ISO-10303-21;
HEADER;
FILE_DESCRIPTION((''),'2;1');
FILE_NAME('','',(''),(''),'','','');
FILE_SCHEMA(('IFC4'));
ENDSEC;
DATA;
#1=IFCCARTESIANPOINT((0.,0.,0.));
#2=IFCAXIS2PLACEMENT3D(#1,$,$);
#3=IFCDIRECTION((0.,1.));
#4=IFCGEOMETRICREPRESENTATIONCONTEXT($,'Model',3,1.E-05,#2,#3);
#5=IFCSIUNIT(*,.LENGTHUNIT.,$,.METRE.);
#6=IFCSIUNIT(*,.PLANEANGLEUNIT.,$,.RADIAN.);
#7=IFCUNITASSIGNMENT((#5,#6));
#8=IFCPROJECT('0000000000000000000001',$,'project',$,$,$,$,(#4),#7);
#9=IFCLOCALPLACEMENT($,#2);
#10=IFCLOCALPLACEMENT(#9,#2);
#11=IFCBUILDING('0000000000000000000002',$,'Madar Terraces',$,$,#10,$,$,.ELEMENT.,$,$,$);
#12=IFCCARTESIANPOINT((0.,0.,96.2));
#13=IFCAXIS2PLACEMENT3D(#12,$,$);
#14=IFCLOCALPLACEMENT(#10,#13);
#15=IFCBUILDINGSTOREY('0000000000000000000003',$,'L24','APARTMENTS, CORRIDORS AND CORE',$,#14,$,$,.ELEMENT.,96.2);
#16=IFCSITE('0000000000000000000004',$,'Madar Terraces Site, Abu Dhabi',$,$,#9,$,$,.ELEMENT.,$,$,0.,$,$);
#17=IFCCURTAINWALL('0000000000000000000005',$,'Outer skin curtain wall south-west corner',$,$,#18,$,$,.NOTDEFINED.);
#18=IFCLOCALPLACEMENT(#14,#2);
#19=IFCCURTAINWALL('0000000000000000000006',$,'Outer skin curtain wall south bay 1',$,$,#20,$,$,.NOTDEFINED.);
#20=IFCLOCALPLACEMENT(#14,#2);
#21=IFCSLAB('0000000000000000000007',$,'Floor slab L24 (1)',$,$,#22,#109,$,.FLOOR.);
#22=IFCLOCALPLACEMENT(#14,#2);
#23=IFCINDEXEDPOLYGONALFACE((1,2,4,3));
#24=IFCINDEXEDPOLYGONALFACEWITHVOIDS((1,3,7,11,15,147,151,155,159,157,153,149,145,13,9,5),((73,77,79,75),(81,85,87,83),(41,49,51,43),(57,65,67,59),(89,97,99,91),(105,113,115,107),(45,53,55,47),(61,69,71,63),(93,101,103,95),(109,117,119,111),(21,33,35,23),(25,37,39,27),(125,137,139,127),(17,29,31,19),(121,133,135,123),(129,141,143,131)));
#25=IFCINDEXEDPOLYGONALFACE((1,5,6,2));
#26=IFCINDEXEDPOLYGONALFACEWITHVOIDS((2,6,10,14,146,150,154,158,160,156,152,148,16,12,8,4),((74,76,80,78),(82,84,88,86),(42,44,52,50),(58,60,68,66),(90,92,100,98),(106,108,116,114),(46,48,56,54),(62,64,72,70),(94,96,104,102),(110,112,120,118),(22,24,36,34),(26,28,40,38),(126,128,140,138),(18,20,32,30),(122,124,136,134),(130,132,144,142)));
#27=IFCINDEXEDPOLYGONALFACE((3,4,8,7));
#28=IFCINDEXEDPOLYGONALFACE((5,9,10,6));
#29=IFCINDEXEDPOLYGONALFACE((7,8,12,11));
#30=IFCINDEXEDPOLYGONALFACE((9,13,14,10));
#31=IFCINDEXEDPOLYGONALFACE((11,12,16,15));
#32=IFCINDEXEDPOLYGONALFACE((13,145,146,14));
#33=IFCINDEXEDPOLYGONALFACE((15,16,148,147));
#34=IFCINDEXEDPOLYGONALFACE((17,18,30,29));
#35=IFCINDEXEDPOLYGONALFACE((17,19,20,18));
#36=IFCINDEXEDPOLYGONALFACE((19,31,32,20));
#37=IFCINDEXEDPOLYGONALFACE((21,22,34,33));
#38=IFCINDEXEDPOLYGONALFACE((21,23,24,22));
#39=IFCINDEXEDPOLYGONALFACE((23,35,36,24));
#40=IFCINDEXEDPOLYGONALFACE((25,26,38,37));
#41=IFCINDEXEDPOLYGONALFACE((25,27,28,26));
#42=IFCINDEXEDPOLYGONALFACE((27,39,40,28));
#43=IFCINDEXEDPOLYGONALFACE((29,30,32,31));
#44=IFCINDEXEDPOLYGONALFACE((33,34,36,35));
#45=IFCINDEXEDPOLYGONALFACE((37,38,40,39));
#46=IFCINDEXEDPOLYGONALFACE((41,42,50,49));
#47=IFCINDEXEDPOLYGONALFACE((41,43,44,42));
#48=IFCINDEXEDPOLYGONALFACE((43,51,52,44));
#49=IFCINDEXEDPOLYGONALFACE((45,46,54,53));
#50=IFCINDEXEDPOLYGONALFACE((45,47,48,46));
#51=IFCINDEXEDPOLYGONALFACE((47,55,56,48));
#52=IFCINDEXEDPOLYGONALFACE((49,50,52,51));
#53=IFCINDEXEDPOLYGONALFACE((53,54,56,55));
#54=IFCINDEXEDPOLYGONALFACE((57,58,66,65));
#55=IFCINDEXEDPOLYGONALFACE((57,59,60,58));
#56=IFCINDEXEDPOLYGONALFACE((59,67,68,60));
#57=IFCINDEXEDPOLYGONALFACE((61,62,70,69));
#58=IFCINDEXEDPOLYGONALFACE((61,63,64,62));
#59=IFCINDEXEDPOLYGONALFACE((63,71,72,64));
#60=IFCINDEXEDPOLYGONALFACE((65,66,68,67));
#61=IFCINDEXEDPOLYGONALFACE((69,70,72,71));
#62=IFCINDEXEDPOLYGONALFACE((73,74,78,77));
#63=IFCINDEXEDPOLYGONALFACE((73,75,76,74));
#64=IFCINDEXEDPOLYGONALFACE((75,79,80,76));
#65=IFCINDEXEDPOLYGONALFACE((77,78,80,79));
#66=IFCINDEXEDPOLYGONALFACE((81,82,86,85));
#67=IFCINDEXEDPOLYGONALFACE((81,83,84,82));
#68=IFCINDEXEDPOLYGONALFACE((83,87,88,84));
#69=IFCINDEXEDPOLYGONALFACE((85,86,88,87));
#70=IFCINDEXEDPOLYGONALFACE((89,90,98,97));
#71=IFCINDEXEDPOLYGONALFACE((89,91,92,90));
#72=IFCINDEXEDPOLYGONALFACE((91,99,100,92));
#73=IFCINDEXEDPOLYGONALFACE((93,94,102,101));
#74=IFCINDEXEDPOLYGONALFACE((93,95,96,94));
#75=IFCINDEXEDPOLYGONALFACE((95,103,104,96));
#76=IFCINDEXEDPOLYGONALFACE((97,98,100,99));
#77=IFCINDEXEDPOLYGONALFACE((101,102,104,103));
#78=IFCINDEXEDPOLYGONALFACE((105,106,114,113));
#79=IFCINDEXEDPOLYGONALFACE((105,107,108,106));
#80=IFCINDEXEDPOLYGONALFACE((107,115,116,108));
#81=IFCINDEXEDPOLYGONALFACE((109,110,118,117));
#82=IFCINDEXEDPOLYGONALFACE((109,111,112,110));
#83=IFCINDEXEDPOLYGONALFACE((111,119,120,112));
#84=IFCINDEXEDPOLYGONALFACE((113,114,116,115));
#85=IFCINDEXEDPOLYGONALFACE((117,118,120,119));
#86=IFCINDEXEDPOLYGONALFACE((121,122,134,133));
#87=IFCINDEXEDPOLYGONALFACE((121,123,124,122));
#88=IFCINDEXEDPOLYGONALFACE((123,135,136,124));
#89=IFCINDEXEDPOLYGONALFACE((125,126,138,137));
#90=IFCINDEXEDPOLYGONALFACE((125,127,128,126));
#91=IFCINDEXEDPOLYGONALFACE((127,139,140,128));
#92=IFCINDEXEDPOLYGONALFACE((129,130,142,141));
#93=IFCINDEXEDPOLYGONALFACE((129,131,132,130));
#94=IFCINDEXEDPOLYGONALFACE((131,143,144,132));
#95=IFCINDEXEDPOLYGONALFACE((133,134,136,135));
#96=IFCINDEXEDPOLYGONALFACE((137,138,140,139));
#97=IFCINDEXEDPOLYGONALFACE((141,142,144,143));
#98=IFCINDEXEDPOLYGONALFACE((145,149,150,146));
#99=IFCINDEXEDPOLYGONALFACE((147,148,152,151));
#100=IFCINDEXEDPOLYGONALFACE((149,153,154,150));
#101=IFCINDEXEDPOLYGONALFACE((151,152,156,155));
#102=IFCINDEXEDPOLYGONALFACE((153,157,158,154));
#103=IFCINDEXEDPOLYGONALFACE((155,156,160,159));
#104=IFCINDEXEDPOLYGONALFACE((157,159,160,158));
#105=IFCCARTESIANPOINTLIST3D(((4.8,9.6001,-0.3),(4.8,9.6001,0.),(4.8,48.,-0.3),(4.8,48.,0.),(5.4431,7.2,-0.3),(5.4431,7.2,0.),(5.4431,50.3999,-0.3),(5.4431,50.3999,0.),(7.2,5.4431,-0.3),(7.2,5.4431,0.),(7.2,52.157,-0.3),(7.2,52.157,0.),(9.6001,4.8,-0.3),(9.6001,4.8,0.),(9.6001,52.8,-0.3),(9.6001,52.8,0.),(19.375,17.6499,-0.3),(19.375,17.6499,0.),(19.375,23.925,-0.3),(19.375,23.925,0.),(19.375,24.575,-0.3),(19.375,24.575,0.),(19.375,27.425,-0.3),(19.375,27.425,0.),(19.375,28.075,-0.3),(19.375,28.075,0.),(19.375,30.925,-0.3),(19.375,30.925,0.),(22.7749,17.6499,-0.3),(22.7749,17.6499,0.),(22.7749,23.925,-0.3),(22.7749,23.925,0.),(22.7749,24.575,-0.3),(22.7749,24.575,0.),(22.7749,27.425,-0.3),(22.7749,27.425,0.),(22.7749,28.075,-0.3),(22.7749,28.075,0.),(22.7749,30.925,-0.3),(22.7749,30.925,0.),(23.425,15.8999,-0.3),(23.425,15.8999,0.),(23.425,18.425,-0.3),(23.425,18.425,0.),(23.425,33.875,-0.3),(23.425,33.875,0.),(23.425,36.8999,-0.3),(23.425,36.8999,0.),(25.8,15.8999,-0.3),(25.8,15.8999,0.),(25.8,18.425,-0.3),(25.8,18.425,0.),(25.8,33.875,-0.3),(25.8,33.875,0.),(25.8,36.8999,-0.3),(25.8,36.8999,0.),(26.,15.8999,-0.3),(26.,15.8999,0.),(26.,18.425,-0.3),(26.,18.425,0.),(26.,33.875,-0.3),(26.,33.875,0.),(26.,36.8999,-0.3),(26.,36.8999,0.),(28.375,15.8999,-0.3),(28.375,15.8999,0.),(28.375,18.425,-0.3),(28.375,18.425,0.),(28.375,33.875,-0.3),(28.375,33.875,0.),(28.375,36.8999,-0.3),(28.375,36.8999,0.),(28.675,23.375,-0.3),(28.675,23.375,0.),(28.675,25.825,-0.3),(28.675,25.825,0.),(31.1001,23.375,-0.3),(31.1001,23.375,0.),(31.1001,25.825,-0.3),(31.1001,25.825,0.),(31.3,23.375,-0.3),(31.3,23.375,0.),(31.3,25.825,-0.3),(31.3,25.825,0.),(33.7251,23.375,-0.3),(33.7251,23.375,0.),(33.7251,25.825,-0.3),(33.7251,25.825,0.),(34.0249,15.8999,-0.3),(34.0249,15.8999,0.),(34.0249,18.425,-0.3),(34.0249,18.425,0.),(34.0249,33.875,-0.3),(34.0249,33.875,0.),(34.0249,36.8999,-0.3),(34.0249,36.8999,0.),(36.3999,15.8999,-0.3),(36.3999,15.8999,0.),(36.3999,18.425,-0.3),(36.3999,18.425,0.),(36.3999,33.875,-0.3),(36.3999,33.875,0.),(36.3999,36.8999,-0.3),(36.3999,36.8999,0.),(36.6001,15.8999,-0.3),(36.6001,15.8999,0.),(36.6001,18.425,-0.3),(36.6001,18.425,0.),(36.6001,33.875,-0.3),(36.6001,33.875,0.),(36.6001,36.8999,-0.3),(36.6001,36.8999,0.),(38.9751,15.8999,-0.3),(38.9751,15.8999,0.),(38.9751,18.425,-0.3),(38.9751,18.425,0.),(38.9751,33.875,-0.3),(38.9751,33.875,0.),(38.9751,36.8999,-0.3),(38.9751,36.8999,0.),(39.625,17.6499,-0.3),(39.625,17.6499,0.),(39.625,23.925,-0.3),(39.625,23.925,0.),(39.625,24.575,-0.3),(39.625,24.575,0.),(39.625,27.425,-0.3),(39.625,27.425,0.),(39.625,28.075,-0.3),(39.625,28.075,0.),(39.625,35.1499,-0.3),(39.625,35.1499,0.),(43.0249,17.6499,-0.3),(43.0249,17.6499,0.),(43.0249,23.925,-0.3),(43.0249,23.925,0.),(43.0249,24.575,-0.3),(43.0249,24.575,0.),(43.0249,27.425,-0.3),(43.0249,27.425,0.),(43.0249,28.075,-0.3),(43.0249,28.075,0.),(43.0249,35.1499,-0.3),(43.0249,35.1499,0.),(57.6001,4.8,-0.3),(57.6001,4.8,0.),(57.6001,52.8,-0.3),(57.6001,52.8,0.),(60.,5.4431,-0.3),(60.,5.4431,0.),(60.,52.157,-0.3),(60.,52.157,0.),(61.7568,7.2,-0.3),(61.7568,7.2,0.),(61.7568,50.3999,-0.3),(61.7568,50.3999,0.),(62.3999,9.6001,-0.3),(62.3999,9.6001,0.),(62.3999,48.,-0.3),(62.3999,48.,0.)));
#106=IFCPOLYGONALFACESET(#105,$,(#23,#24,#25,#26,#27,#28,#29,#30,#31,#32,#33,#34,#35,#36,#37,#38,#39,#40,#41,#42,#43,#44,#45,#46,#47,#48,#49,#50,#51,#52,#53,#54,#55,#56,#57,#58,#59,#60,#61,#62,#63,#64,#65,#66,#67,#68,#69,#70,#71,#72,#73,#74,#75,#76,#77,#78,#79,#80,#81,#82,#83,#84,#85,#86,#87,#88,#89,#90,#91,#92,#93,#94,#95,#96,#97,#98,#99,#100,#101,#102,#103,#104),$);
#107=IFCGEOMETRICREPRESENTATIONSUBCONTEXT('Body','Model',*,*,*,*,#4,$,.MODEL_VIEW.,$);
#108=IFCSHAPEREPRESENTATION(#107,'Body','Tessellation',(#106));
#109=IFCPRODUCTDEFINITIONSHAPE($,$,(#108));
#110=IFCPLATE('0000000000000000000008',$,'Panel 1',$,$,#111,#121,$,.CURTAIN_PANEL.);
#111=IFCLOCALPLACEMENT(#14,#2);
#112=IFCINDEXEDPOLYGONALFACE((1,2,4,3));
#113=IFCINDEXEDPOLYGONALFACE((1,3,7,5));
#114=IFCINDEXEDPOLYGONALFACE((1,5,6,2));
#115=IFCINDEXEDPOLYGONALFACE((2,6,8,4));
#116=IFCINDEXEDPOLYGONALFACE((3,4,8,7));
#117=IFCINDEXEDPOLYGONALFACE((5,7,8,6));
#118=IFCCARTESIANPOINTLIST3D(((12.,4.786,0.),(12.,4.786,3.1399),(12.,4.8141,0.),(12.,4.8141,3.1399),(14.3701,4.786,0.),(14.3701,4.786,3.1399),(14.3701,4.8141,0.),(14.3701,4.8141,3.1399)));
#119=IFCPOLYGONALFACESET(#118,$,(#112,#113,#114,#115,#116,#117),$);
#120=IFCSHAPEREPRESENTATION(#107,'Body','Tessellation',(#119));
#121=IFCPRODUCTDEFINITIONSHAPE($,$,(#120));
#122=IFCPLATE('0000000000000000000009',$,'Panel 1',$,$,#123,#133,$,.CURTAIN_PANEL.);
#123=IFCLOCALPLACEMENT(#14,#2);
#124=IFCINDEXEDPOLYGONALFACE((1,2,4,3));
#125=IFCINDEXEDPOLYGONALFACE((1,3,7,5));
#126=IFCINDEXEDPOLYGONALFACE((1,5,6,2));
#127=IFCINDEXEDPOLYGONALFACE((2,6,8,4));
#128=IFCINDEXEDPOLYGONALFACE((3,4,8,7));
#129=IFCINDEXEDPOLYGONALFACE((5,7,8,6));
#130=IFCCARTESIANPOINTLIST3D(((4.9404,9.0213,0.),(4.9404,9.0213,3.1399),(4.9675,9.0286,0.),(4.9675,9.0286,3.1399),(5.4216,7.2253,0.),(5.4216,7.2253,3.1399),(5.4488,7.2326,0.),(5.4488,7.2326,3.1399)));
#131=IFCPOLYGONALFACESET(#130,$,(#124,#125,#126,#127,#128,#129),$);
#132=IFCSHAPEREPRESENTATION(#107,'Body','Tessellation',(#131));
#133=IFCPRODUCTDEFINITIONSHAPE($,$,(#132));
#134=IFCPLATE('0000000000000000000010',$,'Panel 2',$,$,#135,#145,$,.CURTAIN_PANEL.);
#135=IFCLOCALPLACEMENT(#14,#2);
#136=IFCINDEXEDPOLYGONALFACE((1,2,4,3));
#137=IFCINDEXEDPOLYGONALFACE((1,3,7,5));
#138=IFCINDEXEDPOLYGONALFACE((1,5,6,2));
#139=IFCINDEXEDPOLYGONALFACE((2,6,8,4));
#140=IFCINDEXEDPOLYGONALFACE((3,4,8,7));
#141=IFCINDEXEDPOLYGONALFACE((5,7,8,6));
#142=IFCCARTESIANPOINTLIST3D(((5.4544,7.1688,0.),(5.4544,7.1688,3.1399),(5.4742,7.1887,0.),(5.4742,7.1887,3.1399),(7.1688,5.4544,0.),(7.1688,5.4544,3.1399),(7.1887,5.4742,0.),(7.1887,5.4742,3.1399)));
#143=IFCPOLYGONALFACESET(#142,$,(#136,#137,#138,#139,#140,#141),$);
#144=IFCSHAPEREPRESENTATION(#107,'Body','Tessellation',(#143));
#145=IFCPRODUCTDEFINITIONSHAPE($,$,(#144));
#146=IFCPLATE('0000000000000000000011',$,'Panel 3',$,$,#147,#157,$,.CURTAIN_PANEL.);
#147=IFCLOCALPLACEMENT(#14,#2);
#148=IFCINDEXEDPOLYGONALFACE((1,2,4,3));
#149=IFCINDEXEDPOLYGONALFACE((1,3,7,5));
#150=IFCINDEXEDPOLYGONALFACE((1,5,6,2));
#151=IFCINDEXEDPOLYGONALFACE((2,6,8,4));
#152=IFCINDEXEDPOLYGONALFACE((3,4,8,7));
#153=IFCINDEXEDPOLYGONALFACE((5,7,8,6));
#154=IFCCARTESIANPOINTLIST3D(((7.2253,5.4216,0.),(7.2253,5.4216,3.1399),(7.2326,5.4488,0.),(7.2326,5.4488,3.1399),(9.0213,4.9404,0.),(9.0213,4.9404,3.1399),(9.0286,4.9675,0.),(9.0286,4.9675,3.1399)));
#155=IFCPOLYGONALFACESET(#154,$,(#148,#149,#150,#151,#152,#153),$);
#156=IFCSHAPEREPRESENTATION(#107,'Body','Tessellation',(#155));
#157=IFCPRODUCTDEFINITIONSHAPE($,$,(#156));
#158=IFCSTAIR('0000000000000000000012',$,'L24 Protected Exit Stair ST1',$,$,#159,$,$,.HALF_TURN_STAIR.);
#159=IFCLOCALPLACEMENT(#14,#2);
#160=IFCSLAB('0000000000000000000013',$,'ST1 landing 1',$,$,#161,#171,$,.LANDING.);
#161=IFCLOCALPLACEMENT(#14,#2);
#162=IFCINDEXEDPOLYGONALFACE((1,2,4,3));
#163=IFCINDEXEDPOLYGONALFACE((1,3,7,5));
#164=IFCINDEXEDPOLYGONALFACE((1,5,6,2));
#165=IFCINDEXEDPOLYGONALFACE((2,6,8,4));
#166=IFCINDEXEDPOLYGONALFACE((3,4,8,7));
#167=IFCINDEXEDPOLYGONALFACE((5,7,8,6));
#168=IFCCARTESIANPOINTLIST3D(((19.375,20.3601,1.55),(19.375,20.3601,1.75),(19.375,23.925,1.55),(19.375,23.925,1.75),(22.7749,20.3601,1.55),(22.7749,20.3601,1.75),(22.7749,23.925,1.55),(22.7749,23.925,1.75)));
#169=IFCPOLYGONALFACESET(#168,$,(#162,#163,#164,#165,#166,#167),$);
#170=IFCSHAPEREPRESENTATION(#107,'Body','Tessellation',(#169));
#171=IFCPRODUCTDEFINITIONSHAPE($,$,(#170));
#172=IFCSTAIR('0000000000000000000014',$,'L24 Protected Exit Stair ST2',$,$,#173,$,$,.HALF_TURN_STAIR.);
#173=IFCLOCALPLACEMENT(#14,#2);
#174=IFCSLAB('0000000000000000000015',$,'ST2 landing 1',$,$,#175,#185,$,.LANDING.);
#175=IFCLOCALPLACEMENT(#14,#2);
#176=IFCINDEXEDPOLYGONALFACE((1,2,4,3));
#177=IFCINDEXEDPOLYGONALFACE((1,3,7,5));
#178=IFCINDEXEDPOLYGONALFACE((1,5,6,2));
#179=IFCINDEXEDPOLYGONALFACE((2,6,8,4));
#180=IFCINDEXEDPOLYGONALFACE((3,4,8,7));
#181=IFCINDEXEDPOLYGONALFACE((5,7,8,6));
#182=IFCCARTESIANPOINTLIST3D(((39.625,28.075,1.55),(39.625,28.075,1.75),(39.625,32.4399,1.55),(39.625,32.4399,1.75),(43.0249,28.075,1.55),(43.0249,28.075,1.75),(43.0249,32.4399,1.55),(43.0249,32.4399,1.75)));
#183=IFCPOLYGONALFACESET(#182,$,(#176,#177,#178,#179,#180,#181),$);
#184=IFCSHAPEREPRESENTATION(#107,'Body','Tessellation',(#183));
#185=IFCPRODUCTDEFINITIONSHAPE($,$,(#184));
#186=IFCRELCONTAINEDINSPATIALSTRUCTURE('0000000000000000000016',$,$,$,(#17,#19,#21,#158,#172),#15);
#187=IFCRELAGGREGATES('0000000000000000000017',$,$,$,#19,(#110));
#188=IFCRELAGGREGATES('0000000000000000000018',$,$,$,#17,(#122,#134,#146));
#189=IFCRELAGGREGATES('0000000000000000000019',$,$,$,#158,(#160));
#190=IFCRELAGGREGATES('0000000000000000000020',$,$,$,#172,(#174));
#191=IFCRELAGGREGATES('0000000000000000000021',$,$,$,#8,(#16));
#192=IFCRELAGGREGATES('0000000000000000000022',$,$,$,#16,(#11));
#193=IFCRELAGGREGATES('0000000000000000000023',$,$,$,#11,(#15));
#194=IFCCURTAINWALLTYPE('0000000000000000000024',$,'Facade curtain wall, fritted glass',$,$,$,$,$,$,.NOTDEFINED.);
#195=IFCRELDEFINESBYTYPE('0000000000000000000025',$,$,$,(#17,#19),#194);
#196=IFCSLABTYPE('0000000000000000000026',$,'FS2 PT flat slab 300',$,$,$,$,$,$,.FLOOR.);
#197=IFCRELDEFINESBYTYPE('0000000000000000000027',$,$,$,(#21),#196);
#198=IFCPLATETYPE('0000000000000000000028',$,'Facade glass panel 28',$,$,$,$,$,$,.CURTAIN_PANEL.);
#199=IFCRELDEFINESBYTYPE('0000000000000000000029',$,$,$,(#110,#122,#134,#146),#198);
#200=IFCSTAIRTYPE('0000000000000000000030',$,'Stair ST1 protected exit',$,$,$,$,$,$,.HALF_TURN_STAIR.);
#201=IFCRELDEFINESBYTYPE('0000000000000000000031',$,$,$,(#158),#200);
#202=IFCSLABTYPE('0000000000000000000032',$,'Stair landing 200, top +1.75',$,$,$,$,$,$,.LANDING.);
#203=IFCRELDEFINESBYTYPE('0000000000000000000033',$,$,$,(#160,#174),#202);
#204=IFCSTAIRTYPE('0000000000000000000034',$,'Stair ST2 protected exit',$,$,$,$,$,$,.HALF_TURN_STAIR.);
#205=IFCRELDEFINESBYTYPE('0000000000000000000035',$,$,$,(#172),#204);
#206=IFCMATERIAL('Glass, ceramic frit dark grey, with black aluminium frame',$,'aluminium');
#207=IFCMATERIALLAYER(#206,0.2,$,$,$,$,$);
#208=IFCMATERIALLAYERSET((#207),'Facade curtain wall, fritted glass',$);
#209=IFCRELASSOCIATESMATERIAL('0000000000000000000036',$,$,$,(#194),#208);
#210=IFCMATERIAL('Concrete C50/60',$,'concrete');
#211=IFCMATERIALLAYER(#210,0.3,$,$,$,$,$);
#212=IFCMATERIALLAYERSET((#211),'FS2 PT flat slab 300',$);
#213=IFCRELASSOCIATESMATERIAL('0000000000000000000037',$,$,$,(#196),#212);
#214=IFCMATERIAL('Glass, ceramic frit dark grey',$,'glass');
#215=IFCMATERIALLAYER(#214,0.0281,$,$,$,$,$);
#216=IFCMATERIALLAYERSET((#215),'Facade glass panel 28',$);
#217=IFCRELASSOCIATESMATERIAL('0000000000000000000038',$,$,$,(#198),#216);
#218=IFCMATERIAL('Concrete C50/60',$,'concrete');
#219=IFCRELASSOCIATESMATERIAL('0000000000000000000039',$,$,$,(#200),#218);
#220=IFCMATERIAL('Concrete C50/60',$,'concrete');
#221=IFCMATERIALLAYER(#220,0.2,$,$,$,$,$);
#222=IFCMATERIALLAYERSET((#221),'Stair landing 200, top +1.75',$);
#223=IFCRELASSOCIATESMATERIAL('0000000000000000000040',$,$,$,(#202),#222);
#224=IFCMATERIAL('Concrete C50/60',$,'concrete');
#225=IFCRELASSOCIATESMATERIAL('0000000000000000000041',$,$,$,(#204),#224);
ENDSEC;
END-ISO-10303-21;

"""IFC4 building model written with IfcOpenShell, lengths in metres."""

from ifc_helpers import new_model, si_unit, direction, frame, origin, origin_2d, place, context, subcontext, project, spatial, polyline, rectangle, outline, extrude, material, layer, layer_set, type_object, element, aggregate, save


model = new_model("IFC4")

# Units and contexts
model_context = context("Model", 3, precision=1e-05, world=origin(), true_north=direction((0.0, 1.0)))
body_context = subcontext(model_context, "Body", "Model", "MODEL_VIEW")
ifc_project = project(units=[si_unit("LENGTHUNIT", "METRE"), si_unit("PLANEANGLEUNIT", "RADIAN")], contexts=[model_context])

# Site, building, storey
site_placement = place(None, origin())
site = spatial("IfcSite", under=ifc_project, at=site_placement, Name="Madar Terraces Site, Abu Dhabi", CompositionType="ELEMENT", RefElevation=0.0)
building_placement = place(site_placement, origin())
building = spatial("IfcBuilding", under=site, at=building_placement, Name="Madar Terraces", CompositionType="ELEMENT")
storey_placement = place(building_placement, frame((0.0, 0.0, 96.2)))
storey = spatial("IfcBuildingStorey", under=building, at=storey_placement, Name="L24", Description="APARTMENTS, CORRIDORS AND CORE", CompositionType="ELEMENT", Elevation=96.2)

# Curtain wall
ifc_material_1 = material(Name="Glass, ceramic frit dark grey, with black aluminium frame", Category="aluminium")
ifc_layer_1 = layer(ifc_material_1, 0.2)
ifc_layer_set_1 = layer_set([ifc_layer_1], Name="Facade curtain wall, fritted glass")
curtain_wall_type = type_object("IfcCurtainWallType", Name="Facade curtain wall, fritted glass", PredefinedType="NOTDEFINED", material=ifc_layer_set_1)
curtain_wall_1_placement = place(storey_placement, origin())
curtain_wall_1 = element("IfcCurtainWall", 1, at=curtain_wall_1_placement, inside=storey, type_object=curtain_wall_type, Name="Outer skin curtain wall south-west corner", PredefinedType="NOTDEFINED")

# Curtain wall
curtain_wall_2_placement = place(storey_placement, origin())
curtain_wall_2 = element("IfcCurtainWall", 2, at=curtain_wall_2_placement, inside=storey, type_object=curtain_wall_type, Name="Outer skin curtain wall south bay 1", PredefinedType="NOTDEFINED")

# Slab
ifc_material_2 = material(Name="Concrete C50/60", Category="concrete")
ifc_layer_2 = layer(ifc_material_2, 0.3)
ifc_layer_set_2 = layer_set([ifc_layer_2], Name="FS2 PT flat slab 300")
slab_type_1 = type_object("IfcSlabType", Name="FS2 PT flat slab 300", PredefinedType="FLOOR", material=ifc_layer_set_2)
slab_1_placement = place(storey_placement, frame((0.0, 0.0, -0.3)))
element("IfcSlab", 3, at=slab_1_placement, inside=storey, type_object=slab_type_1, Name="Floor slab L24 (1)", PredefinedType="FLOOR", context=body_context, shape_type="SweptSolid", body=[
    extrude(outline(polyline([(57.6001, 4.8), (60.0, 5.4431), (61.7568, 7.2), (62.3999, 9.6001), (62.3999, 48.0), (61.7568, 50.3999), (60.0, 52.157), (57.6001, 52.8), (9.6001, 52.8), (7.2, 52.157), (5.4431, 50.3999), (4.8, 48.0), (4.8, 9.6001), (5.4431, 7.2), (7.2, 5.4431), (9.6001, 4.8), (57.6001, 4.8)]), holes=[polyline([(23.425, 15.8999), (23.425, 18.425), (25.8, 18.425), (25.8, 15.8999), (23.425, 15.8999)]), polyline([(26.0, 15.8999), (26.0, 18.425), (28.375, 18.425), (28.375, 15.8999), (26.0, 15.8999)]), polyline([(19.375, 17.6499), (19.375, 23.925), (22.7749, 23.925), (22.7749, 17.6499), (19.375, 17.6499)]), polyline([(28.675, 23.375), (28.675, 25.825), (31.1001, 25.825), (31.1001, 23.375), (28.675, 23.375)]), polyline([(19.375, 24.575), (19.375, 27.425), (22.7749, 27.425), (22.7749, 24.575), (19.375, 24.575)]), polyline([(19.375, 28.075), (19.375, 30.925), (22.7749, 30.925), (22.7749, 28.075), (19.375, 28.075)]), polyline([(23.425, 33.875), (23.425, 36.8999), (25.8, 36.8999), (25.8, 33.875), (23.425, 33.875)]), polyline([(26.0, 33.875), (26.0, 36.8999), (28.375, 36.8999), (28.375, 33.875), (26.0, 33.875)]), polyline([(34.0249, 15.8999), (34.0249, 18.425), (36.3999, 18.425), (36.3999, 15.8999), (34.0249, 15.8999)]), polyline([(36.6001, 15.8999), (36.6001, 18.425), (38.9751, 18.425), (38.9751, 15.8999), (36.6001, 15.8999)]), polyline([(39.625, 17.6499), (39.625, 23.925), (43.0249, 23.925), (43.0249, 17.6499), (39.625, 17.6499)]), polyline([(31.3, 23.375), (31.3, 25.825), (33.7251, 25.825), (33.7251, 23.375), (31.3, 23.375)]), polyline([(39.625, 24.575), (39.625, 27.425), (43.0249, 27.425), (43.0249, 24.575), (39.625, 24.575)]), polyline([(39.625, 28.075), (39.625, 35.1499), (43.0249, 35.1499), (43.0249, 28.075), (39.625, 28.075)]), polyline([(34.0249, 33.875), (34.0249, 36.8999), (36.3999, 36.8999), (36.3999, 33.875), (34.0249, 33.875)]), polyline([(36.6001, 33.875), (36.6001, 36.8999), (38.9751, 36.8999), (38.9751, 33.875), (36.6001, 33.875)])]), origin(), (0.0, 0.0, 1.0), 0.3),
])

# Plates
ifc_material_3 = material(Name="Glass, ceramic frit dark grey", Category="glass")
ifc_layer_3 = layer(ifc_material_3, 0.0281)
ifc_layer_set_3 = layer_set([ifc_layer_3], Name="Facade glass panel 28")
plate_type = type_object("IfcPlateType", Name="Facade glass panel 28", PredefinedType="CURTAIN_PANEL", material=ifc_layer_set_3)
plate_1_placement = place(storey_placement, frame((13.1851, 4.8, 0.0), z_axis=(0.0, 0.0, 1.0), x_axis=(1.0, 0.0, 0.0)))
plate_1 = element("IfcPlate", 4, at=plate_1_placement, type_object=plate_type, Name="Panel 1", PredefinedType="CURTAIN_PANEL", context=body_context, shape_type="SweptSolid", body=[
    extrude(rectangle(XDim=2.3701, YDim=0.0281, at=origin_2d()), origin(), (0.0, 0.0, 1.0), 3.1399),
])
aggregate(curtain_wall_2, [plate_1])
plate_2_placement = place(storey_placement, frame((5.1946, 8.127, 0.0), z_axis=(0.0, 0.0, 1.0), x_axis=(0.258819, -0.965926, 0.0)))
plate_2 = element("IfcPlate", 5, at=plate_2_placement, type_object=plate_type, Name="Panel 1", PredefinedType="CURTAIN_PANEL", context=body_context, shape_type="SweptSolid", body=[
    extrude(rectangle(XDim=1.8594, YDim=0.0281, at=origin_2d()), origin(), (0.0, 0.0, 1.0), 3.1399),
])
plate_3_placement = place(storey_placement, frame((6.3215, 6.3215, 0.0), z_axis=(0.0, 0.0, 1.0), x_axis=(0.707107, -0.707107, 0.0)))
plate_3 = element("IfcPlate", 6, at=plate_3_placement, type_object=plate_type, Name="Panel 2", PredefinedType="CURTAIN_PANEL", context=body_context, shape_type="SweptSolid", body=[
    extrude(rectangle(XDim=2.4246, YDim=0.0281, at=origin_2d()), origin(), (0.0, 0.0, 1.0), 3.1399),
])
plate_4_placement = place(storey_placement, frame((8.127, 5.1946, 0.0), z_axis=(0.0, 0.0, 1.0), x_axis=(0.965926, -0.258819, 0.0)))
plate_4 = element("IfcPlate", 7, at=plate_4_placement, type_object=plate_type, Name="Panel 3", PredefinedType="CURTAIN_PANEL", context=body_context, shape_type="SweptSolid", body=[
    extrude(rectangle(XDim=1.8594, YDim=0.0281, at=origin_2d()), origin(), (0.0, 0.0, 1.0), 3.1399),
])
aggregate(curtain_wall_1, [plate_2, plate_3, plate_4])

# Stairs, slabs
ifc_material_4 = material(Name="Concrete C50/60", Category="concrete")
stair_type_1 = type_object("IfcStairType", Name="Stair ST1 protected exit", PredefinedType="HALF_TURN_STAIR", material=ifc_material_4)
stair_1_placement = place(storey_placement, origin())
stair_1 = element("IfcStair", 8, at=stair_1_placement, inside=storey, type_object=stair_type_1, Name="L24 Protected Exit Stair ST1", PredefinedType="HALF_TURN_STAIR")
ifc_material_5 = material(Name="Concrete C50/60", Category="concrete")
ifc_layer_4 = layer(ifc_material_5, 0.2)
ifc_layer_set_4 = layer_set([ifc_layer_4], Name="Stair landing 200, top +1.75")
slab_type_2 = type_object("IfcSlabType", Name="Stair landing 200, top +1.75", PredefinedType="LANDING", material=ifc_layer_set_4)
slab_2_placement = place(storey_placement, frame((0.0, 0.0, 1.55)))
slab_2 = element("IfcSlab", 9, at=slab_2_placement, type_object=slab_type_2, Name="ST1 landing 1", PredefinedType="LANDING", context=body_context, shape_type="SweptSolid", body=[
    extrude(outline(polyline([(19.375, 20.3601), (22.7749, 20.3601), (22.7749, 23.925), (19.375, 23.925), (19.375, 20.3601)])), origin(), (0.0, 0.0, 1.0), 0.2),
])
aggregate(stair_1, [slab_2])
ifc_material_6 = material(Name="Concrete C50/60", Category="concrete")
stair_type_2 = type_object("IfcStairType", Name="Stair ST2 protected exit", PredefinedType="HALF_TURN_STAIR", material=ifc_material_6)
stair_2_placement = place(storey_placement, origin())
stair_2 = element("IfcStair", 10, at=stair_2_placement, inside=storey, type_object=stair_type_2, Name="L24 Protected Exit Stair ST2", PredefinedType="HALF_TURN_STAIR")
slab_3_placement = place(storey_placement, frame((0.0, 0.0, 1.55)))
slab_3 = element("IfcSlab", 11, at=slab_3_placement, type_object=slab_type_2, Name="ST2 landing 1", PredefinedType="LANDING", context=body_context, shape_type="SweptSolid", body=[
    extrude(outline(polyline([(39.625, 28.075), (43.0249, 28.075), (43.0249, 32.4399), (39.625, 32.4399), (39.625, 28.075)])), origin(), (0.0, 0.0, 1.0), 0.2),
])
aggregate(stair_2, [slab_3])

save(model, "model.ifc")
